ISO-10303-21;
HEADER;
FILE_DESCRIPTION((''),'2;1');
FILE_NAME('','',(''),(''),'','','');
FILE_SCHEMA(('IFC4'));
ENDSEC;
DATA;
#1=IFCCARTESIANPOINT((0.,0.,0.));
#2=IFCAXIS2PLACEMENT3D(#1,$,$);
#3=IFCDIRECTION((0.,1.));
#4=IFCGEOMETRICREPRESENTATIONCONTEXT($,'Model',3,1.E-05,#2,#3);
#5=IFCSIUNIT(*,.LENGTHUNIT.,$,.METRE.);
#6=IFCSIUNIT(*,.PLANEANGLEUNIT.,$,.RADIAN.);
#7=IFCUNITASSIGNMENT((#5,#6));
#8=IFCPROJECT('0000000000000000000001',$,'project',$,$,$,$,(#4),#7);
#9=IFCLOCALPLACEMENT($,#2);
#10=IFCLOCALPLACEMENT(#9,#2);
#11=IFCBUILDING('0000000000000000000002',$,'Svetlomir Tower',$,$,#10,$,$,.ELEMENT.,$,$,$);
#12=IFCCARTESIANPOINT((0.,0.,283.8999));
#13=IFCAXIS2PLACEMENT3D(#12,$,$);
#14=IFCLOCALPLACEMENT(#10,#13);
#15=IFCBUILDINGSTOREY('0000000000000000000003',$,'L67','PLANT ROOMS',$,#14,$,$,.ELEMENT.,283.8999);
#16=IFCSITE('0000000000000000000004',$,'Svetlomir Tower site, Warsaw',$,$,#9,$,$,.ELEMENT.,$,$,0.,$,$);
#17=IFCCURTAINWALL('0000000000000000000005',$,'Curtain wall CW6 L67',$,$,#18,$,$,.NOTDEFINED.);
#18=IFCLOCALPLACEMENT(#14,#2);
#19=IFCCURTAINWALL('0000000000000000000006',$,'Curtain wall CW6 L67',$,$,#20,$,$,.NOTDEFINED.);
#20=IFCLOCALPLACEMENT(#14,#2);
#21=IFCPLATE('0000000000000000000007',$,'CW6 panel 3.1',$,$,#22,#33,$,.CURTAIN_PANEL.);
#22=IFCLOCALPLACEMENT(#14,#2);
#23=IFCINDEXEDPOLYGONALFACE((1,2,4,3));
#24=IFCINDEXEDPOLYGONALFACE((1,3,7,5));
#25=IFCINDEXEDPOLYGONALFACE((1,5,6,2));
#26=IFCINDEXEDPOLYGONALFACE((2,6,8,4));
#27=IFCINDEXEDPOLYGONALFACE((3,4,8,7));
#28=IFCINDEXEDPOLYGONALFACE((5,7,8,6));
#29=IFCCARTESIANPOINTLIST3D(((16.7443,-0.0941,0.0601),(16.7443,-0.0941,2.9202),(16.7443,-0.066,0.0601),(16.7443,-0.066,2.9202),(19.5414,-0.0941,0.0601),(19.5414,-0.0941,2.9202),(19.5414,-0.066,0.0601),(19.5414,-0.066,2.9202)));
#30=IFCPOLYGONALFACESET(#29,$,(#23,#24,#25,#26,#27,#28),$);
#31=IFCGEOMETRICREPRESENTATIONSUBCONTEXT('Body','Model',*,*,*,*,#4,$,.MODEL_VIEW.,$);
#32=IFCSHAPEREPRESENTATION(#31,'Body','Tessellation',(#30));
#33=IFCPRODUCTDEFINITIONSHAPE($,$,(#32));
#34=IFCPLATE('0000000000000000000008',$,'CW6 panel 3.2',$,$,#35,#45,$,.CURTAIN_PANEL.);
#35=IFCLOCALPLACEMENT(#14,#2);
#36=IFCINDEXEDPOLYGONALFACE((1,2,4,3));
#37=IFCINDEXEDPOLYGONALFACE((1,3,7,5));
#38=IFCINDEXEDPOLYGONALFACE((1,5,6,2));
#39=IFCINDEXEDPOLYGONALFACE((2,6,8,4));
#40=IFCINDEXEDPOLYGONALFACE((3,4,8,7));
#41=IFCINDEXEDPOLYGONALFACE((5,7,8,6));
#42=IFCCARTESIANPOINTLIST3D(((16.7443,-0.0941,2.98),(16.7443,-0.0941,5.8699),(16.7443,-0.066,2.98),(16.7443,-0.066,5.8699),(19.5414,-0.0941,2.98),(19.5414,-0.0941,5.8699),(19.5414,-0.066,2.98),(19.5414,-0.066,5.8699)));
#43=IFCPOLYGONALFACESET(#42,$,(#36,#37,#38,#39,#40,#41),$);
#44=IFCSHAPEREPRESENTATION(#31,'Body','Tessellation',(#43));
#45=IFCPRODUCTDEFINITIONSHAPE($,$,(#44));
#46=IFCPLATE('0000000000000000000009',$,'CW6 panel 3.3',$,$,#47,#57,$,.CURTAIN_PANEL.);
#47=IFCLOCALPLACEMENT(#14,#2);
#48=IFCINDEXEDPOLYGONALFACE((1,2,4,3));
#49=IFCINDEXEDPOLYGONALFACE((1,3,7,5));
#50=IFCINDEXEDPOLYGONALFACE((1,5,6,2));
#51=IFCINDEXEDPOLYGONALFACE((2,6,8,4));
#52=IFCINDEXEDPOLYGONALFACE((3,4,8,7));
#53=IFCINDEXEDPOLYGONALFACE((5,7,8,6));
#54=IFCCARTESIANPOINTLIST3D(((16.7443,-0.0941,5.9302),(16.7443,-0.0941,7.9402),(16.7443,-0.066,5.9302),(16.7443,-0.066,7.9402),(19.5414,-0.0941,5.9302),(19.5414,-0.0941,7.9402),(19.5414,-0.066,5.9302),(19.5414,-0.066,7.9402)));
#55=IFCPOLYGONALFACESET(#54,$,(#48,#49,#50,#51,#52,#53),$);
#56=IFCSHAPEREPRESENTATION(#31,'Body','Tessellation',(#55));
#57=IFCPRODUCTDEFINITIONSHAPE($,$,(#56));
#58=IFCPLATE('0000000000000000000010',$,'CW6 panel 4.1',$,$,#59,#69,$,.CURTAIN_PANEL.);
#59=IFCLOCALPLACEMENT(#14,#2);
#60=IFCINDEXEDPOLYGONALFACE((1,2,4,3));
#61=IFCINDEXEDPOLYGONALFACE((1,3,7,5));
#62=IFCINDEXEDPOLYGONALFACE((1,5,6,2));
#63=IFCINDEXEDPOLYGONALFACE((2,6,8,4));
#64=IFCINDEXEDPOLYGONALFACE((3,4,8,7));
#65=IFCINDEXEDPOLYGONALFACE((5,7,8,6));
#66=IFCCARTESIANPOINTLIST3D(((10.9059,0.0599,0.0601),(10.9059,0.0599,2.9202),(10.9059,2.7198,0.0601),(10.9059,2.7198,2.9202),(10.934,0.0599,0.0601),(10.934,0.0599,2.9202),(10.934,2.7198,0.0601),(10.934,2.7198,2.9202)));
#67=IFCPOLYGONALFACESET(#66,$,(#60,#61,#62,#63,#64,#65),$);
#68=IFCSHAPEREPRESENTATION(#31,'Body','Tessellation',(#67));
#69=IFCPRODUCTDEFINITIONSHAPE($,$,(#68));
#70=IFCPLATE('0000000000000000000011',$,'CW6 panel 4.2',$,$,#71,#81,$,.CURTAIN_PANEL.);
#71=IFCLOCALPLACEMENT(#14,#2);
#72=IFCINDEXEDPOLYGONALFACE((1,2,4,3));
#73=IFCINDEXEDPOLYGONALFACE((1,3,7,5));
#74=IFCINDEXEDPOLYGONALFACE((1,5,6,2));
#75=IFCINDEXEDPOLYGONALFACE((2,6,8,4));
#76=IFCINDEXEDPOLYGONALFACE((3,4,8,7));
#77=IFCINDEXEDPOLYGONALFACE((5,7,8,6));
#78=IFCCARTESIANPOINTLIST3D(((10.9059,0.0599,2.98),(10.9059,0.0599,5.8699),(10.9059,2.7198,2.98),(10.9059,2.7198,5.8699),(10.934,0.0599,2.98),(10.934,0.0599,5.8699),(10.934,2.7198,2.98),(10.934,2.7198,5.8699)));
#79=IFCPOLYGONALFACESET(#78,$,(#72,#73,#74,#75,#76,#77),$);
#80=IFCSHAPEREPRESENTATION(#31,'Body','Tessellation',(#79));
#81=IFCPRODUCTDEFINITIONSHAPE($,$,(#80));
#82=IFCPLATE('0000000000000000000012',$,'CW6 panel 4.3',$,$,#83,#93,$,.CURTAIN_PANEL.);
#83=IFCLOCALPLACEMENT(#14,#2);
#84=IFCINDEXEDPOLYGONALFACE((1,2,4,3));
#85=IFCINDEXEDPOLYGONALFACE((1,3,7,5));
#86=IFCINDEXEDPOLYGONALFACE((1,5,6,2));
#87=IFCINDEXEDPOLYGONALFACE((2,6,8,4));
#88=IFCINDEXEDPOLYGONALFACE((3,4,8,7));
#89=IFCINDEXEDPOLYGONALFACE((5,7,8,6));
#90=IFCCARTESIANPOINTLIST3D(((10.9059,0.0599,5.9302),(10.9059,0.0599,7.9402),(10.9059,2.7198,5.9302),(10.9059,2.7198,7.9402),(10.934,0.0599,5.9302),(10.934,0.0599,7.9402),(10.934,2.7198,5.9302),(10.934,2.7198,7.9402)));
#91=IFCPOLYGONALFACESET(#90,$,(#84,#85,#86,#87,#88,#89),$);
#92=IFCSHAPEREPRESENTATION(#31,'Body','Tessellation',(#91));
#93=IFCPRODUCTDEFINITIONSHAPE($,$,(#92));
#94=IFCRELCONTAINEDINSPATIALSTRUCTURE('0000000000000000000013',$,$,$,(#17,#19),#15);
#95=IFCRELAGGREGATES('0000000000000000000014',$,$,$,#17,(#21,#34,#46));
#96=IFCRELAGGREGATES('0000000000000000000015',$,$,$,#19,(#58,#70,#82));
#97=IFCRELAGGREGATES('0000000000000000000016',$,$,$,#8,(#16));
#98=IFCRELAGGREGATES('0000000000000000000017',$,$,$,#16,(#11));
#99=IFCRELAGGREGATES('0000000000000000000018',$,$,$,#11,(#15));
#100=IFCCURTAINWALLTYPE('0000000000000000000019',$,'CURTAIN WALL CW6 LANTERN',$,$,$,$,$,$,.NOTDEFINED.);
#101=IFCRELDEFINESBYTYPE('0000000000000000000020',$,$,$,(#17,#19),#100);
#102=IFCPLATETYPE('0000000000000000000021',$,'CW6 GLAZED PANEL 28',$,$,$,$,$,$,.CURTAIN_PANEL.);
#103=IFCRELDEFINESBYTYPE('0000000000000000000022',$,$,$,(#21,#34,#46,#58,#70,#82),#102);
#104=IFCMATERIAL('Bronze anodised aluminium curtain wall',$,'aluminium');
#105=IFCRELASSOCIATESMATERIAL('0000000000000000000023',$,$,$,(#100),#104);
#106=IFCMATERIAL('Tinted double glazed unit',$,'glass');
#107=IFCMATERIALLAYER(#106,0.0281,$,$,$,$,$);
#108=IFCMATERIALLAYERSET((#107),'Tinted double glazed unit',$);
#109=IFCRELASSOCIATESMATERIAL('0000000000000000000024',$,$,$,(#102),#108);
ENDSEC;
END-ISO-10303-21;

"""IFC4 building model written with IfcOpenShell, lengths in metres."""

from ifc_helpers import new_model, si_unit, direction, frame, origin, origin_2d, place, context, subcontext, project, spatial, rectangle, extrude, material, layer, layer_set, type_object, element, aggregate, save


model = new_model("IFC4")

# Units and contexts
model_context = context("Model", 3, precision=1e-05, world=origin(), true_north=direction((0.0, 1.0)))
body_context = subcontext(model_context, "Body", "Model", "MODEL_VIEW")
ifc_project = project(units=[si_unit("LENGTHUNIT", "METRE"), si_unit("PLANEANGLEUNIT", "RADIAN")], contexts=[model_context])

# Site, building, storey
site_placement = place(None, origin())
site = spatial("IfcSite", under=ifc_project, at=site_placement, Name="Svetlomir Tower site, Warsaw", CompositionType="ELEMENT", RefElevation=0.0)
building_placement = place(site_placement, origin())
building = spatial("IfcBuilding", under=site, at=building_placement, Name="Svetlomir Tower", CompositionType="ELEMENT")
storey_placement = place(building_placement, frame((0.0, 0.0, 283.8999)))
storey = spatial("IfcBuildingStorey", under=building, at=storey_placement, Name="L67", Description="PLANT ROOMS", CompositionType="ELEMENT", Elevation=283.8999)

# Curtain walls
ifc_material_1 = material(Name="Bronze anodised aluminium curtain wall", Category="aluminium")
curtain_wall_type = type_object("IfcCurtainWallType", Name="CURTAIN WALL CW6 LANTERN", PredefinedType="NOTDEFINED", material=ifc_material_1)
curtain_wall_1_placement = place(storey_placement, origin())
curtain_wall_1 = element("IfcCurtainWall", 1, at=curtain_wall_1_placement, inside=storey, type_object=curtain_wall_type, Name="Curtain wall CW6 L67", PredefinedType="NOTDEFINED")
curtain_wall_2_placement = place(storey_placement, origin())
curtain_wall_2 = element("IfcCurtainWall", 2, at=curtain_wall_2_placement, inside=storey, type_object=curtain_wall_type, Name="Curtain wall CW6 L67", PredefinedType="NOTDEFINED")

# Plates
ifc_material_2 = material(Name="Tinted double glazed unit", Category="glass")
ifc_layer = layer(ifc_material_2, 0.0281)
ifc_layer_set = layer_set([ifc_layer], Name="Tinted double glazed unit")
plate_type = type_object("IfcPlateType", Name="CW6 GLAZED PANEL 28", PredefinedType="CURTAIN_PANEL", material=ifc_layer_set)
plate_1_placement = place(storey_placement, frame((18.1428, -0.0801, 0.0601), z_axis=(0.0, 0.0, 1.0), x_axis=(1.0, 0.0, 0.0)))
plate_1 = element("IfcPlate", 3, at=plate_1_placement, type_object=plate_type, Name="CW6 panel 3.1", PredefinedType="CURTAIN_PANEL", context=body_context, shape_type="SweptSolid", body=[
    extrude(rectangle(XDim=2.7971, YDim=0.0281, at=origin_2d()), origin(), (0.0, 0.0, 1.0), 2.8601),
])
plate_2_placement = place(storey_placement, frame((18.1428, -0.0801, 2.98), z_axis=(0.0, 0.0, 1.0), x_axis=(1.0, 0.0, 0.0)))
plate_2 = element("IfcPlate", 4, at=plate_2_placement, type_object=plate_type, Name="CW6 panel 3.2", PredefinedType="CURTAIN_PANEL", context=body_context, shape_type="SweptSolid", body=[
    extrude(rectangle(XDim=2.7971, YDim=0.0281, at=origin_2d()), origin(), (0.0, 0.0, 1.0), 2.8899),
])
plate_3_placement = place(storey_placement, frame((18.1428, -0.0801, 5.9302), z_axis=(0.0, 0.0, 1.0), x_axis=(1.0, 0.0, 0.0)))
plate_3 = element("IfcPlate", 5, at=plate_3_placement, type_object=plate_type, Name="CW6 panel 3.3", PredefinedType="CURTAIN_PANEL", context=body_context, shape_type="SweptSolid", body=[
    extrude(rectangle(XDim=2.7971, YDim=0.0281, at=origin_2d()), origin(), (0.0, 0.0, 1.0), 2.01),
])
aggregate(curtain_wall_1, [plate_1, plate_2, plate_3])
plate_4_placement = place(storey_placement, frame((10.9199, 1.3899, 0.0601), z_axis=(0.0, 0.0, 1.0), x_axis=(0.0, -1.0, 0.0)))
plate_4 = element("IfcPlate", 6, at=plate_4_placement, type_object=plate_type, Name="CW6 panel 4.1", PredefinedType="CURTAIN_PANEL", context=body_context, shape_type="SweptSolid", body=[
    extrude(rectangle(XDim=2.6599, YDim=0.0281, at=origin_2d()), origin(), (0.0, 0.0, 1.0), 2.8601),
])
plate_5_placement = place(storey_placement, frame((10.9199, 1.3899, 2.98), z_axis=(0.0, 0.0, 1.0), x_axis=(0.0, -1.0, 0.0)))
plate_5 = element("IfcPlate", 7, at=plate_5_placement, type_object=plate_type, Name="CW6 panel 4.2", PredefinedType="CURTAIN_PANEL", context=body_context, shape_type="SweptSolid", body=[
    extrude(rectangle(XDim=2.6599, YDim=0.0281, at=origin_2d()), origin(), (0.0, 0.0, 1.0), 2.8899),
])
plate_6_placement = place(storey_placement, frame((10.9199, 1.3899, 5.9302), z_axis=(0.0, 0.0, 1.0), x_axis=(0.0, -1.0, 0.0)))
plate_6 = element("IfcPlate", 8, at=plate_6_placement, type_object=plate_type, Name="CW6 panel 4.3", PredefinedType="CURTAIN_PANEL", context=body_context, shape_type="SweptSolid", body=[
    extrude(rectangle(XDim=2.6599, YDim=0.0281, at=origin_2d()), origin(), (0.0, 0.0, 1.0), 2.01),
])
aggregate(curtain_wall_2, [plate_4, plate_5, plate_6])

save(model, "model.ifc")
